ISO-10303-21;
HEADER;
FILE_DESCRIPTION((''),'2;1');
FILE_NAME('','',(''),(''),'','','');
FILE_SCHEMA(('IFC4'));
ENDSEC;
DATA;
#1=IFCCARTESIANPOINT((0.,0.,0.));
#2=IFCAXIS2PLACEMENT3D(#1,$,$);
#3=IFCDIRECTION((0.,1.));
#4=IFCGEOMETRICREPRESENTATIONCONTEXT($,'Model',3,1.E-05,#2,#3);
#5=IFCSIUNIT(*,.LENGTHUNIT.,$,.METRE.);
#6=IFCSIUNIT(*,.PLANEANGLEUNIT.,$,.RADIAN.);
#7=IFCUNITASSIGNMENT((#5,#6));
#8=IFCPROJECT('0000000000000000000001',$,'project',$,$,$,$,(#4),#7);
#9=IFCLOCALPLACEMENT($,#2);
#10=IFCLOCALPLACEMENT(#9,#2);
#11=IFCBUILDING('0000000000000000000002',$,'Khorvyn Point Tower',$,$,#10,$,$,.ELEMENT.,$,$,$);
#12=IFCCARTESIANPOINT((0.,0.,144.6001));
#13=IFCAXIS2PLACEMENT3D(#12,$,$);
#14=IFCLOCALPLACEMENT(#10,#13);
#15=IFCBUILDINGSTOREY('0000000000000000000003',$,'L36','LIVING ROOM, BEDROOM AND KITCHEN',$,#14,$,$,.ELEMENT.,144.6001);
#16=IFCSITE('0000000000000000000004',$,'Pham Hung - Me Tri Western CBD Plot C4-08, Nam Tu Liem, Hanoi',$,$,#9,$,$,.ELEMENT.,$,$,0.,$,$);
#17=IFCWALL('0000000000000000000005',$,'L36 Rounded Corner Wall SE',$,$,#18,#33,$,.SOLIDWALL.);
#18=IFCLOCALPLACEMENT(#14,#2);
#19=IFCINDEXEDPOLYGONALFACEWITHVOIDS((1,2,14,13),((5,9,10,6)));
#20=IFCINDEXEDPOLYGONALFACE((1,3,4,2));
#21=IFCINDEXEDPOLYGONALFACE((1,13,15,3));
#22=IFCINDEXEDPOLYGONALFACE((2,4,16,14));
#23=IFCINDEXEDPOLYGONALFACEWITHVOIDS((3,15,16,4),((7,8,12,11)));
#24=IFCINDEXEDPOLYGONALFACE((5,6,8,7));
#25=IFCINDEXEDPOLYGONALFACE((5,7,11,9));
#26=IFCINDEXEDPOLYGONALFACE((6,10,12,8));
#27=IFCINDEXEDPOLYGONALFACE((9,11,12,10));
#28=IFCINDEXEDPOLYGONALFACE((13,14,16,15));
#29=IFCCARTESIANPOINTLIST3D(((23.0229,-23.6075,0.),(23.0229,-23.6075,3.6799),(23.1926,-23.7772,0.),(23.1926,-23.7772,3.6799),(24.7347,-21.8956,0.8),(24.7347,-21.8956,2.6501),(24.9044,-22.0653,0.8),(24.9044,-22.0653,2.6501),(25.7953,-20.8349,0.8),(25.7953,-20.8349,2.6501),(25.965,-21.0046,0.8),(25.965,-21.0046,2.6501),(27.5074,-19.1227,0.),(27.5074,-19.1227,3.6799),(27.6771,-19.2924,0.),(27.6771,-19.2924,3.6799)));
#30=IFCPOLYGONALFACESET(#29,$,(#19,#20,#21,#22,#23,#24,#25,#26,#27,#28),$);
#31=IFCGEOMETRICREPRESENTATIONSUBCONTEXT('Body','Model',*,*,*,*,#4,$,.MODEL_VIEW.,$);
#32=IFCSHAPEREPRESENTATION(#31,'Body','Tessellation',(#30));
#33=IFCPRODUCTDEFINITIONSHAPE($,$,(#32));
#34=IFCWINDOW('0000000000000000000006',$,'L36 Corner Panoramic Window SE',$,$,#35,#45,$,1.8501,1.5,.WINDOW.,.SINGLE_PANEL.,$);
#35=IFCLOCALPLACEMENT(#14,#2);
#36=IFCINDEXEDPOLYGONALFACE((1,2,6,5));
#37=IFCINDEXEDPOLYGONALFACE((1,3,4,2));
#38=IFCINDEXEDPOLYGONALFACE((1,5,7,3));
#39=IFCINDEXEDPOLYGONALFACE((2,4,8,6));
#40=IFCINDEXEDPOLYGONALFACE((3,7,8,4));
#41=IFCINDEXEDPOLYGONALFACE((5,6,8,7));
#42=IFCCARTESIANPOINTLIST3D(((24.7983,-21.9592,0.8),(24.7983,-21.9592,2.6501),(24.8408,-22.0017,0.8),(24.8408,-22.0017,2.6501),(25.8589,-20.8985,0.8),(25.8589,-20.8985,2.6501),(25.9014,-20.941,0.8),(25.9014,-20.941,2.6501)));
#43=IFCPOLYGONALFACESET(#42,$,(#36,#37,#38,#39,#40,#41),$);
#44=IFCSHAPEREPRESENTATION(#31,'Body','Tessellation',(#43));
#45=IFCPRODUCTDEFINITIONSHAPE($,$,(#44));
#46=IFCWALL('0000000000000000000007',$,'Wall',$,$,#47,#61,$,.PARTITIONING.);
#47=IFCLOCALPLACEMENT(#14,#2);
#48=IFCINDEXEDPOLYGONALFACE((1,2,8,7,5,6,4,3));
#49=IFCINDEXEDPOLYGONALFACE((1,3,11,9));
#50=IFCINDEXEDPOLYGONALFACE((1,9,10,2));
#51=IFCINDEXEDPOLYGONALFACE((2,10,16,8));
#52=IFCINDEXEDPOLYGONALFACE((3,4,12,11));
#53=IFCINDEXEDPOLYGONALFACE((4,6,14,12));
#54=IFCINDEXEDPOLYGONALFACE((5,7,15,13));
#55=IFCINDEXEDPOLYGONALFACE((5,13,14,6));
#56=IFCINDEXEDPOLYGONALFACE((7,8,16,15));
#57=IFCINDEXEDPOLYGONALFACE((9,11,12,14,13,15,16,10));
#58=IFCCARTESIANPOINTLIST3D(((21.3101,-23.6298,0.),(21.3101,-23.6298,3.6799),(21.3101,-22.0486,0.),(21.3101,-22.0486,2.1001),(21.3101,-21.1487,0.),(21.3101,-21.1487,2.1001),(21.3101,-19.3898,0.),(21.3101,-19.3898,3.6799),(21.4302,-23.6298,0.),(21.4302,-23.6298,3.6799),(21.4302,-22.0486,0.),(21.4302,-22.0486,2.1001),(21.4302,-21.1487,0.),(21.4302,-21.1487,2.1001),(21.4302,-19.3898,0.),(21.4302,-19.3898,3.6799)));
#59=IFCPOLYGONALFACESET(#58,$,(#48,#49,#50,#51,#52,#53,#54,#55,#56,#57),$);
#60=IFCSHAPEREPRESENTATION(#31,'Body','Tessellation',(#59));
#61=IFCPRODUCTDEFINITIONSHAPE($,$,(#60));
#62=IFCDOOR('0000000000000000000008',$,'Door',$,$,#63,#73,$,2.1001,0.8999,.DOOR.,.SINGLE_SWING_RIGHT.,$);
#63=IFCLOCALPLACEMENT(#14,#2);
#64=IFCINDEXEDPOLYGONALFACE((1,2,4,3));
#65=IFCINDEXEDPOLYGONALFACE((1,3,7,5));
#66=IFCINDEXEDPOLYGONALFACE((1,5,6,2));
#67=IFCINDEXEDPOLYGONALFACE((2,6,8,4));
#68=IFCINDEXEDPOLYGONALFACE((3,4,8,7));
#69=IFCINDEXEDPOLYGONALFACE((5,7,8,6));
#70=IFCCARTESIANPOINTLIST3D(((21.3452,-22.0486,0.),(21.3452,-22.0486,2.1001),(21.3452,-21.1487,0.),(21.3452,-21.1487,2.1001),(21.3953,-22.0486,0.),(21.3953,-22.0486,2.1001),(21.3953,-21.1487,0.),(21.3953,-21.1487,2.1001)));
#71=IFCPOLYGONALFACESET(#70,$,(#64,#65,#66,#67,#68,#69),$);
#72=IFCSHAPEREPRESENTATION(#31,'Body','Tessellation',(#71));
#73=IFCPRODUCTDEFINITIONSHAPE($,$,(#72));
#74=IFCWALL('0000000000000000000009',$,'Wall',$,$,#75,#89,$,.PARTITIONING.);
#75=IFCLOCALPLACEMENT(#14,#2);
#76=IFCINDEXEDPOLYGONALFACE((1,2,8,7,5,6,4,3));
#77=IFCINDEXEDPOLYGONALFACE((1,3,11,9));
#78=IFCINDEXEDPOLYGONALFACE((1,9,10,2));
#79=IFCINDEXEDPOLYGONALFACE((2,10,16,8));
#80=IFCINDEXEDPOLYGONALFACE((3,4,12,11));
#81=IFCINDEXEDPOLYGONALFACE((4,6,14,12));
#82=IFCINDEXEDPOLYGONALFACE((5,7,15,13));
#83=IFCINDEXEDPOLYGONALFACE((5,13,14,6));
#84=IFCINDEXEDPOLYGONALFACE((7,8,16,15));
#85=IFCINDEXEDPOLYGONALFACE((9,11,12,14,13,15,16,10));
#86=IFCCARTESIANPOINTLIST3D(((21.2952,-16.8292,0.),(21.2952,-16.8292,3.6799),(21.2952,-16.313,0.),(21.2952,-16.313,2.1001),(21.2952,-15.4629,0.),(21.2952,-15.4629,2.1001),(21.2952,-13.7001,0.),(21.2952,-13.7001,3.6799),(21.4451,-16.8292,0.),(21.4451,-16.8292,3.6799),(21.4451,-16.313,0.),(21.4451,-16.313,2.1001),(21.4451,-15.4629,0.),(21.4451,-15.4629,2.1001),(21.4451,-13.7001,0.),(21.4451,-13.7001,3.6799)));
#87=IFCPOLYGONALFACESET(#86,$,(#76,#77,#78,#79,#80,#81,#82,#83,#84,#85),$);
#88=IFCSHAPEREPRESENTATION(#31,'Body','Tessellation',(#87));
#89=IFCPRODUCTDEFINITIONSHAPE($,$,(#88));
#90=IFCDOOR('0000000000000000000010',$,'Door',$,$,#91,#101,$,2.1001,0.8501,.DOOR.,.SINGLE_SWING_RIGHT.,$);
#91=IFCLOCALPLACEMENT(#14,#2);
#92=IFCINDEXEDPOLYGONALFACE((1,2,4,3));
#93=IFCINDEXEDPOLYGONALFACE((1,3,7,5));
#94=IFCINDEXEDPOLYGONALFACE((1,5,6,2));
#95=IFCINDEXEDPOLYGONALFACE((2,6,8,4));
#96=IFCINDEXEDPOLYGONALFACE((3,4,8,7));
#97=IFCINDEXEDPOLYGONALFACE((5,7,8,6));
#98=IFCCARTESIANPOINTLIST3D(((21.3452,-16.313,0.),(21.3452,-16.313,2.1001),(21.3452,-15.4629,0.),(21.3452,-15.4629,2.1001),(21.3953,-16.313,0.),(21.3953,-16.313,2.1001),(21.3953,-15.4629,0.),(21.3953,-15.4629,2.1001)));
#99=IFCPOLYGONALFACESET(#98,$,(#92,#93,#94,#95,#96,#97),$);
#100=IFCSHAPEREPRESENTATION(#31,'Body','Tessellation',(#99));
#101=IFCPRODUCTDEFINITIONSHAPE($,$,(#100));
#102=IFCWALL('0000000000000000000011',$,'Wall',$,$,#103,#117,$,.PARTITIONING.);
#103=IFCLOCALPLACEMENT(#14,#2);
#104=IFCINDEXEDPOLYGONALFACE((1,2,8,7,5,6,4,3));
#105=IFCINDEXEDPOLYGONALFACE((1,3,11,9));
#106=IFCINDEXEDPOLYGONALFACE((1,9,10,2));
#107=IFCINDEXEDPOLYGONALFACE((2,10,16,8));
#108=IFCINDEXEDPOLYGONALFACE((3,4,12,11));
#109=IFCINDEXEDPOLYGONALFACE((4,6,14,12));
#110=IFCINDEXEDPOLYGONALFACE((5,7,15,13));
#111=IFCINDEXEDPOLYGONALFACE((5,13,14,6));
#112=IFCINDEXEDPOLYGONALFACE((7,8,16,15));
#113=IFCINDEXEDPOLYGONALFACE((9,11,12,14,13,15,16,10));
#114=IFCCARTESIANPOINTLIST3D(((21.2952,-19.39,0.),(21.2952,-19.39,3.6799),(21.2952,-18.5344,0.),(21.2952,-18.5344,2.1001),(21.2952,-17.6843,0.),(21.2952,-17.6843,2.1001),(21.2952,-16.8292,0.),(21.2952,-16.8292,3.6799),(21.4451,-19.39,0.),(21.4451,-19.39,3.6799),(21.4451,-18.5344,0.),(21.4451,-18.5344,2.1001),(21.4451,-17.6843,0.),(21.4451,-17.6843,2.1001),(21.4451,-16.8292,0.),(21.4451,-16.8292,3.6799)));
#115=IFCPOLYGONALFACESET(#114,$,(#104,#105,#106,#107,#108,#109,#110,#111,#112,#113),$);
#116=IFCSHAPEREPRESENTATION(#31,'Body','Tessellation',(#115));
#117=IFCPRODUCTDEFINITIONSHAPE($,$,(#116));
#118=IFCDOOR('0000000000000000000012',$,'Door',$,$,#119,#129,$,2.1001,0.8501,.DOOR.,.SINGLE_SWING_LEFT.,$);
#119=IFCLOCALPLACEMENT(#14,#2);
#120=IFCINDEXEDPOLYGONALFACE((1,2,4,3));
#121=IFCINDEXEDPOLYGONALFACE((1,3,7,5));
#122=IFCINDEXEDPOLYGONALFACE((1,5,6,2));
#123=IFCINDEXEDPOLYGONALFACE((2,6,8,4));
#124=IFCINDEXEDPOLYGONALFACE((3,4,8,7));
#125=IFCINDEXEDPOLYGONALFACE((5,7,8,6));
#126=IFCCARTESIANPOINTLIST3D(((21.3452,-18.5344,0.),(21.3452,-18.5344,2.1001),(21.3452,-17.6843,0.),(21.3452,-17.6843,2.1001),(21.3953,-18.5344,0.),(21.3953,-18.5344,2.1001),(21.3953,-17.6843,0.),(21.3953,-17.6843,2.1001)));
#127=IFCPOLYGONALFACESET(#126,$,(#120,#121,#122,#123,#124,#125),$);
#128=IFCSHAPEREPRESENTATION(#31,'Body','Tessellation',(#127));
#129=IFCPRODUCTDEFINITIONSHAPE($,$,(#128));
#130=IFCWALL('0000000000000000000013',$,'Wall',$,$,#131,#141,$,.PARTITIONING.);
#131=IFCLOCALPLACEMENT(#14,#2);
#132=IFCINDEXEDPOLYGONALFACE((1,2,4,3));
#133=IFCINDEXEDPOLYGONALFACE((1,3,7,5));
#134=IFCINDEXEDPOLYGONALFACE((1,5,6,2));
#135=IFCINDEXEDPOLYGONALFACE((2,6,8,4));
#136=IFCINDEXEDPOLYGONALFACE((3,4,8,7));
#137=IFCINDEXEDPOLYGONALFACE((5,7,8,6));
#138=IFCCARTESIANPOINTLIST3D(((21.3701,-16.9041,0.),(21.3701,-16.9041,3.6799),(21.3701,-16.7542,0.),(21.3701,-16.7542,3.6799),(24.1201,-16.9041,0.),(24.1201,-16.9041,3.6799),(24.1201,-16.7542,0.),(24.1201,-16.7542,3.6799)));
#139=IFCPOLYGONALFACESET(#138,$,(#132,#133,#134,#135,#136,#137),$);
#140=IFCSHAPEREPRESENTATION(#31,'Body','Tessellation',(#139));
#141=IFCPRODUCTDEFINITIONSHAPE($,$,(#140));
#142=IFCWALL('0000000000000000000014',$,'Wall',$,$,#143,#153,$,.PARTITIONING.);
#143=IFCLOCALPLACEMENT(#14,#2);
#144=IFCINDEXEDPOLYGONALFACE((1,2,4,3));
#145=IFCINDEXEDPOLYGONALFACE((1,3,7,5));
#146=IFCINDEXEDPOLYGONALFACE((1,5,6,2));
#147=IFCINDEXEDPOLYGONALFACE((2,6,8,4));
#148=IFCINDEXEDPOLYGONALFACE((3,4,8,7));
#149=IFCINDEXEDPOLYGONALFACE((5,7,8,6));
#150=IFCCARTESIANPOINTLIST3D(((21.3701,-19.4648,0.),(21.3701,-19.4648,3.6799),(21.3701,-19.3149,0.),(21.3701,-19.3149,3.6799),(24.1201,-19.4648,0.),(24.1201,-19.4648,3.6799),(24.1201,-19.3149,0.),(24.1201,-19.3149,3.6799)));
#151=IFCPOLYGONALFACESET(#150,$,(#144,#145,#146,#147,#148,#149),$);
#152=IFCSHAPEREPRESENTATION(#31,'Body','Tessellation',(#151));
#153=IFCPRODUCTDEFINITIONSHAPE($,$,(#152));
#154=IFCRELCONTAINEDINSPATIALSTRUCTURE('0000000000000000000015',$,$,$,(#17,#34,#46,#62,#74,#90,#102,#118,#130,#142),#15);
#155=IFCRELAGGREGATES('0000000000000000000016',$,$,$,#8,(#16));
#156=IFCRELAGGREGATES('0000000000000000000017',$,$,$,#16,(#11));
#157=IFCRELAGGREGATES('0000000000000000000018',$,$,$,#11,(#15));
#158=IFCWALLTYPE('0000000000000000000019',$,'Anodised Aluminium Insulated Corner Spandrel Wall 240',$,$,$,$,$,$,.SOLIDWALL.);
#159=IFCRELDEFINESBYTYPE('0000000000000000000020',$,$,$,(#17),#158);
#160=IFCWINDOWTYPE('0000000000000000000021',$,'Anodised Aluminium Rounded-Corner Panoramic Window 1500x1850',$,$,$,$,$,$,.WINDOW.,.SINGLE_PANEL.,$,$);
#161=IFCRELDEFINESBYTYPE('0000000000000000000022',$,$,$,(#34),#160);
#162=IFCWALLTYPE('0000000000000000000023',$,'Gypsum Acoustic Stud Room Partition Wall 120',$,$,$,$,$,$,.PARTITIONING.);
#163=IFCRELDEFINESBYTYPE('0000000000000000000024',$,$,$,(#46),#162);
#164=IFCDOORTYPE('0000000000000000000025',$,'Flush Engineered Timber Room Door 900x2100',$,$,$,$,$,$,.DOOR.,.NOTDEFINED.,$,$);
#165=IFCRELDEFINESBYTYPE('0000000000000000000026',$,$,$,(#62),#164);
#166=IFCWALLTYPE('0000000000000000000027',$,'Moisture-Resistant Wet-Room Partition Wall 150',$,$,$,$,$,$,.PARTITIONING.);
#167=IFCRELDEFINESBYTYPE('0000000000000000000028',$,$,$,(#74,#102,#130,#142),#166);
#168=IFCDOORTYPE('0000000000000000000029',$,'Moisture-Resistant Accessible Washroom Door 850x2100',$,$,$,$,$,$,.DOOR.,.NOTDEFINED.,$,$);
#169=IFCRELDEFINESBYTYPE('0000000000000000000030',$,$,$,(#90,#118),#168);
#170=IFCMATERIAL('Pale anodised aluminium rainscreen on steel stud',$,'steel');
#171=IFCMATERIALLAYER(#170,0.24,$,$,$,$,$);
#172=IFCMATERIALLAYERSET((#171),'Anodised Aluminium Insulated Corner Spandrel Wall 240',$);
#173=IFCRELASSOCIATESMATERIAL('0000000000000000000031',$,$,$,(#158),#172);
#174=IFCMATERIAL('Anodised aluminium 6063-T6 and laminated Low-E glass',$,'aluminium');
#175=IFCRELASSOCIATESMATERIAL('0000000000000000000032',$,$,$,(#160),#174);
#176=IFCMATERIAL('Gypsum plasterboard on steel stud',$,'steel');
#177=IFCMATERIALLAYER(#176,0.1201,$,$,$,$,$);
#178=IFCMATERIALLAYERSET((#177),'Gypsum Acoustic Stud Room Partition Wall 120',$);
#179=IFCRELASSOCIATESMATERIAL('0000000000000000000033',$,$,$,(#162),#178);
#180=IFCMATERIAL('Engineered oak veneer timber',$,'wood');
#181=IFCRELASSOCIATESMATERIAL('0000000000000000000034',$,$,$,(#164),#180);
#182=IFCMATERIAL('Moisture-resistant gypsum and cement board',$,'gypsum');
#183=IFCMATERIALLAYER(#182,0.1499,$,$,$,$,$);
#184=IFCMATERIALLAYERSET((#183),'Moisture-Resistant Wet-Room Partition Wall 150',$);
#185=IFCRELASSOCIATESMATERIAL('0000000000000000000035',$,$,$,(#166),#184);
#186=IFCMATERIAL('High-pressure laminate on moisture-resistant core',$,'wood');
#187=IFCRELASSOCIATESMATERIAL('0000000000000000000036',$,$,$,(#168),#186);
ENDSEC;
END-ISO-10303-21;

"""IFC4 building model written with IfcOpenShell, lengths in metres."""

from ifc_helpers import new_model, si_unit, direction, frame, frame_2d, origin, place, context, subcontext, project, spatial, rectangle, extrude, material, layer, layer_set, type_object, element, fill, save


model = new_model("IFC4")

# Units and contexts
model_context = context("Model", 3, precision=1e-05, world=origin(), true_north=direction((0.0, 1.0)))
body_context = subcontext(model_context, "Body", "Model", "MODEL_VIEW")
ifc_project = project(units=[si_unit("LENGTHUNIT", "METRE"), si_unit("PLANEANGLEUNIT", "RADIAN")], contexts=[model_context])

# Site, building, storey
site_placement = place(None, origin())
site = spatial("IfcSite", under=ifc_project, at=site_placement, Name="Pham Hung - Me Tri Western CBD Plot C4-08, Nam Tu Liem, Hanoi", CompositionType="ELEMENT", RefElevation=0.0)
building_placement = place(site_placement, origin())
building = spatial("IfcBuilding", under=site, at=building_placement, Name="Khorvyn Point Tower", CompositionType="ELEMENT")
storey_placement = place(building_placement, frame((0.0, 0.0, 144.6001)))
storey = spatial("IfcBuildingStorey", under=building, at=storey_placement, Name="L36", Description="LIVING ROOM, BEDROOM AND KITCHEN", CompositionType="ELEMENT", Elevation=144.6001)

# Shared definitions
ifc_material_1 = material(Name="Anodised aluminium 6063-T6 and laminated Low-E glass", Category="aluminium")

# Wall, opening, window
ifc_material_2 = material(Name="Pale anodised aluminium rainscreen on steel stud", Category="steel")
ifc_layer_1 = layer(ifc_material_2, 0.24)
ifc_layer_set_1 = layer_set([ifc_layer_1], Name="Anodised Aluminium Insulated Corner Spandrel Wall 240")
wall_type_1 = type_object("IfcWallType", Name="Anodised Aluminium Insulated Corner Spandrel Wall 240", PredefinedType="SOLIDWALL", material=ifc_layer_set_1)
wall_1_placement = place(storey_placement, frame((27.5923, -19.2075, 0.0), z_axis=(0.0, 0.0, 1.0), x_axis=(-0.707088, -0.707126, 0.0)))
wall_1 = element("IfcWall", 1, at=wall_1_placement, inside=storey, type_object=wall_type_1, Name="L36 Rounded Corner Wall SE", PredefinedType="SOLIDWALL", context=body_context, shape_type="SweptSolid", body=[
    extrude(rectangle(XDim=6.3423, YDim=0.24, at=frame_2d((3.1711, 0.0))), origin(), (0.0, 0.0, 1.0), 3.6799),
])
opening_1_placement = place(wall_1_placement, frame((2.4214, 0.0, 0.8)))
opening_1 = element("IfcOpeningElement", 2, at=opening_1_placement, cuts=wall_1, PredefinedType="OPENING", context=body_context, shape_type="SweptSolid", body=[
    extrude(rectangle(XDim=1.5, YDim=1.8501, at=frame_2d((0.75, 0.925))), frame((0.0, 0.1299, 0.0), z_axis=(0.0, -1.0, 0.0), x_axis=(1.0, 0.0, 0.0)), (0.0, 0.0, 1.0), 0.26),
])
window_type = type_object("IfcWindowType", Name="Anodised Aluminium Rounded-Corner Panoramic Window 1500x1850", PartitioningType="SINGLE_PANEL", PredefinedType="WINDOW", material=ifc_material_1)
window_placement = place(opening_1_placement, origin())
window = element("IfcWindow", 3, at=window_placement, inside=storey, type_object=window_type, Name="L36 Corner Panoramic Window SE", OverallHeight=1.8501, OverallWidth=1.5, PartitioningType="SINGLE_PANEL", PredefinedType="WINDOW", context=body_context, shape_type="SweptSolid", body=[
    extrude(rectangle(XDim=1.5, YDim=1.8501, at=frame_2d((0.75, 0.925))), frame((0.0, 0.03, 0.0), z_axis=(0.0, -1.0, 0.0), x_axis=(1.0, 0.0, 0.0)), (0.0, 0.0, 1.0), 0.0601),
])
fill(opening_1, window)

# Walls, openings, doors
ifc_material_3 = material(Name="Gypsum plasterboard on steel stud", Category="steel")
ifc_layer_2 = layer(ifc_material_3, 0.1201)
ifc_layer_set_2 = layer_set([ifc_layer_2], Name="Gypsum Acoustic Stud Room Partition Wall 120")
wall_type_2 = type_object("IfcWallType", Name="Gypsum Acoustic Stud Room Partition Wall 120", PredefinedType="PARTITIONING", material=ifc_layer_set_2)
wall_2_placement = place(storey_placement, frame((21.3701, -23.6299, 0.0), z_axis=(0.0, 0.0, 1.0), x_axis=(0.0, 1.0, 0.0)))
wall_2 = element("IfcWall", 4, at=wall_2_placement, inside=storey, type_object=wall_type_2, Name="Wall", PredefinedType="PARTITIONING", context=body_context, shape_type="SweptSolid", body=[
    extrude(rectangle(XDim=4.24, YDim=0.1201, at=frame_2d((2.1201, 0.0))), origin(), (0.0, 0.0, 1.0), 3.6799),
])
opening_2_placement = place(wall_2_placement, frame((1.5813, 0.0, 0.0)))
opening_2 = element("IfcOpeningElement", 5, at=opening_2_placement, cuts=wall_2, PredefinedType="OPENING", context=body_context, shape_type="SweptSolid", body=[
    extrude(rectangle(XDim=0.8999, YDim=2.1001, at=frame_2d((0.45, 1.05))), frame((0.0, 0.0701, 0.0), z_axis=(0.0, -1.0, 0.0), x_axis=(1.0, 0.0, 0.0)), (0.0, 0.0, 1.0), 0.1401),
])
ifc_material_4 = material(Name="Engineered oak veneer timber", Category="wood")
door_type_1 = type_object("IfcDoorType", Name="Flush Engineered Timber Room Door 900x2100", OperationType="NOTDEFINED", PredefinedType="DOOR", material=ifc_material_4)
door_1_placement = place(opening_2_placement, origin())
door_1 = element("IfcDoor", 6, at=door_1_placement, inside=storey, type_object=door_type_1, Name="Door", OperationType="SINGLE_SWING_RIGHT", OverallHeight=2.1001, OverallWidth=0.8999, PredefinedType="DOOR", context=body_context, shape_type="SweptSolid", body=[
    extrude(rectangle(XDim=0.8999, YDim=2.1001, at=frame_2d((0.45, 1.05))), frame((0.0, 0.0249, 0.0), z_axis=(0.0, -1.0, 0.0), x_axis=(1.0, 0.0, 0.0)), (0.0, 0.0, 1.0), 0.05),
])
fill(opening_2, door_1)
ifc_material_5 = material(Name="Moisture-resistant gypsum and cement board", Category="gypsum")
ifc_layer_3 = layer(ifc_material_5, 0.1499)
ifc_layer_set_3 = layer_set([ifc_layer_3], Name="Moisture-Resistant Wet-Room Partition Wall 150")
wall_type_3 = type_object("IfcWallType", Name="Moisture-Resistant Wet-Room Partition Wall 150", PredefinedType="PARTITIONING", material=ifc_layer_set_3)
wall_3_placement = place(storey_placement, frame((21.3701, -16.8291, 0.0), z_axis=(0.0, 0.0, 1.0), x_axis=(0.0, 1.0, 0.0)))
wall_3 = element("IfcWall", 7, at=wall_3_placement, inside=storey, type_object=wall_type_3, Name="Wall", PredefinedType="PARTITIONING", context=body_context, shape_type="SweptSolid", body=[
    extrude(rectangle(XDim=3.1292, YDim=0.1499, at=frame_2d((1.5645, 0.0))), origin(), (0.0, 0.0, 1.0), 3.6799),
])
opening_3_placement = place(wall_3_placement, frame((0.5161, 0.0, 0.0)))
opening_3 = element("IfcOpeningElement", 8, at=opening_3_placement, cuts=wall_3, PredefinedType="OPENING", context=body_context, shape_type="SweptSolid", body=[
    extrude(rectangle(XDim=0.8501, YDim=2.1001, at=frame_2d((0.425, 1.05))), frame((0.0, 0.085, 0.0), z_axis=(0.0, -1.0, 0.0), x_axis=(1.0, 0.0, 0.0)), (0.0, 0.0, 1.0), 0.1699),
])
ifc_material_6 = material(Name="High-pressure laminate on moisture-resistant core", Category="wood")
door_type_2 = type_object("IfcDoorType", Name="Moisture-Resistant Accessible Washroom Door 850x2100", OperationType="NOTDEFINED", PredefinedType="DOOR", material=ifc_material_6)
door_2_placement = place(opening_3_placement, origin())
door_2 = element("IfcDoor", 9, at=door_2_placement, inside=storey, type_object=door_type_2, Name="Door", OperationType="SINGLE_SWING_RIGHT", OverallHeight=2.1001, OverallWidth=0.8501, PredefinedType="DOOR", context=body_context, shape_type="SweptSolid", body=[
    extrude(rectangle(XDim=0.8501, YDim=2.1001, at=frame_2d((0.425, 1.05))), frame((0.0, 0.0249, 0.0), z_axis=(0.0, -1.0, 0.0), x_axis=(1.0, 0.0, 0.0)), (0.0, 0.0, 1.0), 0.05),
])
fill(opening_3, door_2)
wall_4_placement = place(storey_placement, frame((21.3701, -19.3899, 0.0), z_axis=(0.0, 0.0, 1.0), x_axis=(0.0, 1.0, 0.0)))
wall_4 = element("IfcWall", 10, at=wall_4_placement, inside=storey, type_object=wall_type_3, Name="Wall", PredefinedType="PARTITIONING", context=body_context, shape_type="SweptSolid", body=[
    extrude(rectangle(XDim=2.5608, YDim=0.1499, at=frame_2d((1.2803, 0.0))), origin(), (0.0, 0.0, 1.0), 3.6799),
])
opening_4_placement = place(wall_4_placement, frame((0.8555, 0.0, 0.0)))
opening_4 = element("IfcOpeningElement", 11, at=opening_4_placement, cuts=wall_4, PredefinedType="OPENING", context=body_context, shape_type="SweptSolid", body=[
    extrude(rectangle(XDim=0.8501, YDim=2.1001, at=frame_2d((0.425, 1.05))), frame((0.0, 0.085, 0.0), z_axis=(0.0, -1.0, 0.0), x_axis=(1.0, 0.0, 0.0)), (0.0, 0.0, 1.0), 0.1699),
])
door_3_placement = place(opening_4_placement, origin())
door_3 = element("IfcDoor", 12, at=door_3_placement, inside=storey, type_object=door_type_2, Name="Door", OperationType="SINGLE_SWING_LEFT", OverallHeight=2.1001, OverallWidth=0.8501, PredefinedType="DOOR", context=body_context, shape_type="SweptSolid", body=[
    extrude(rectangle(XDim=0.8501, YDim=2.1001, at=frame_2d((0.425, 1.05))), frame((0.0, 0.0249, 0.0), z_axis=(0.0, -1.0, 0.0), x_axis=(1.0, 0.0, 0.0)), (0.0, 0.0, 1.0), 0.05),
])
fill(opening_4, door_3)

# Walls
for number, where, z_axis, x_axis, name in (
    (13, (21.3701, -16.8291, 0.0), (0.0, 0.0, 1.0), (1.0, 0.0, 0.0), "Wall"),
    (14, (21.3701, -19.3899, 0.0), (0.0, 0.0, 1.0), (1.0, 0.0, 0.0), "Wall"),
):
    element("IfcWall", number, at=place(storey_placement, frame(where, z_axis=z_axis, x_axis=x_axis)), inside=storey, type_object=wall_type_3, Name=name, PredefinedType="PARTITIONING", context=body_context, shape_type="SweptSolid", body=[
        extrude(rectangle(XDim=2.75, YDim=0.1499, at=frame_2d((1.375, 0.0))), origin(), (0.0, 0.0, 1.0), 3.6799),
    ])

save(model, "model.ifc")
